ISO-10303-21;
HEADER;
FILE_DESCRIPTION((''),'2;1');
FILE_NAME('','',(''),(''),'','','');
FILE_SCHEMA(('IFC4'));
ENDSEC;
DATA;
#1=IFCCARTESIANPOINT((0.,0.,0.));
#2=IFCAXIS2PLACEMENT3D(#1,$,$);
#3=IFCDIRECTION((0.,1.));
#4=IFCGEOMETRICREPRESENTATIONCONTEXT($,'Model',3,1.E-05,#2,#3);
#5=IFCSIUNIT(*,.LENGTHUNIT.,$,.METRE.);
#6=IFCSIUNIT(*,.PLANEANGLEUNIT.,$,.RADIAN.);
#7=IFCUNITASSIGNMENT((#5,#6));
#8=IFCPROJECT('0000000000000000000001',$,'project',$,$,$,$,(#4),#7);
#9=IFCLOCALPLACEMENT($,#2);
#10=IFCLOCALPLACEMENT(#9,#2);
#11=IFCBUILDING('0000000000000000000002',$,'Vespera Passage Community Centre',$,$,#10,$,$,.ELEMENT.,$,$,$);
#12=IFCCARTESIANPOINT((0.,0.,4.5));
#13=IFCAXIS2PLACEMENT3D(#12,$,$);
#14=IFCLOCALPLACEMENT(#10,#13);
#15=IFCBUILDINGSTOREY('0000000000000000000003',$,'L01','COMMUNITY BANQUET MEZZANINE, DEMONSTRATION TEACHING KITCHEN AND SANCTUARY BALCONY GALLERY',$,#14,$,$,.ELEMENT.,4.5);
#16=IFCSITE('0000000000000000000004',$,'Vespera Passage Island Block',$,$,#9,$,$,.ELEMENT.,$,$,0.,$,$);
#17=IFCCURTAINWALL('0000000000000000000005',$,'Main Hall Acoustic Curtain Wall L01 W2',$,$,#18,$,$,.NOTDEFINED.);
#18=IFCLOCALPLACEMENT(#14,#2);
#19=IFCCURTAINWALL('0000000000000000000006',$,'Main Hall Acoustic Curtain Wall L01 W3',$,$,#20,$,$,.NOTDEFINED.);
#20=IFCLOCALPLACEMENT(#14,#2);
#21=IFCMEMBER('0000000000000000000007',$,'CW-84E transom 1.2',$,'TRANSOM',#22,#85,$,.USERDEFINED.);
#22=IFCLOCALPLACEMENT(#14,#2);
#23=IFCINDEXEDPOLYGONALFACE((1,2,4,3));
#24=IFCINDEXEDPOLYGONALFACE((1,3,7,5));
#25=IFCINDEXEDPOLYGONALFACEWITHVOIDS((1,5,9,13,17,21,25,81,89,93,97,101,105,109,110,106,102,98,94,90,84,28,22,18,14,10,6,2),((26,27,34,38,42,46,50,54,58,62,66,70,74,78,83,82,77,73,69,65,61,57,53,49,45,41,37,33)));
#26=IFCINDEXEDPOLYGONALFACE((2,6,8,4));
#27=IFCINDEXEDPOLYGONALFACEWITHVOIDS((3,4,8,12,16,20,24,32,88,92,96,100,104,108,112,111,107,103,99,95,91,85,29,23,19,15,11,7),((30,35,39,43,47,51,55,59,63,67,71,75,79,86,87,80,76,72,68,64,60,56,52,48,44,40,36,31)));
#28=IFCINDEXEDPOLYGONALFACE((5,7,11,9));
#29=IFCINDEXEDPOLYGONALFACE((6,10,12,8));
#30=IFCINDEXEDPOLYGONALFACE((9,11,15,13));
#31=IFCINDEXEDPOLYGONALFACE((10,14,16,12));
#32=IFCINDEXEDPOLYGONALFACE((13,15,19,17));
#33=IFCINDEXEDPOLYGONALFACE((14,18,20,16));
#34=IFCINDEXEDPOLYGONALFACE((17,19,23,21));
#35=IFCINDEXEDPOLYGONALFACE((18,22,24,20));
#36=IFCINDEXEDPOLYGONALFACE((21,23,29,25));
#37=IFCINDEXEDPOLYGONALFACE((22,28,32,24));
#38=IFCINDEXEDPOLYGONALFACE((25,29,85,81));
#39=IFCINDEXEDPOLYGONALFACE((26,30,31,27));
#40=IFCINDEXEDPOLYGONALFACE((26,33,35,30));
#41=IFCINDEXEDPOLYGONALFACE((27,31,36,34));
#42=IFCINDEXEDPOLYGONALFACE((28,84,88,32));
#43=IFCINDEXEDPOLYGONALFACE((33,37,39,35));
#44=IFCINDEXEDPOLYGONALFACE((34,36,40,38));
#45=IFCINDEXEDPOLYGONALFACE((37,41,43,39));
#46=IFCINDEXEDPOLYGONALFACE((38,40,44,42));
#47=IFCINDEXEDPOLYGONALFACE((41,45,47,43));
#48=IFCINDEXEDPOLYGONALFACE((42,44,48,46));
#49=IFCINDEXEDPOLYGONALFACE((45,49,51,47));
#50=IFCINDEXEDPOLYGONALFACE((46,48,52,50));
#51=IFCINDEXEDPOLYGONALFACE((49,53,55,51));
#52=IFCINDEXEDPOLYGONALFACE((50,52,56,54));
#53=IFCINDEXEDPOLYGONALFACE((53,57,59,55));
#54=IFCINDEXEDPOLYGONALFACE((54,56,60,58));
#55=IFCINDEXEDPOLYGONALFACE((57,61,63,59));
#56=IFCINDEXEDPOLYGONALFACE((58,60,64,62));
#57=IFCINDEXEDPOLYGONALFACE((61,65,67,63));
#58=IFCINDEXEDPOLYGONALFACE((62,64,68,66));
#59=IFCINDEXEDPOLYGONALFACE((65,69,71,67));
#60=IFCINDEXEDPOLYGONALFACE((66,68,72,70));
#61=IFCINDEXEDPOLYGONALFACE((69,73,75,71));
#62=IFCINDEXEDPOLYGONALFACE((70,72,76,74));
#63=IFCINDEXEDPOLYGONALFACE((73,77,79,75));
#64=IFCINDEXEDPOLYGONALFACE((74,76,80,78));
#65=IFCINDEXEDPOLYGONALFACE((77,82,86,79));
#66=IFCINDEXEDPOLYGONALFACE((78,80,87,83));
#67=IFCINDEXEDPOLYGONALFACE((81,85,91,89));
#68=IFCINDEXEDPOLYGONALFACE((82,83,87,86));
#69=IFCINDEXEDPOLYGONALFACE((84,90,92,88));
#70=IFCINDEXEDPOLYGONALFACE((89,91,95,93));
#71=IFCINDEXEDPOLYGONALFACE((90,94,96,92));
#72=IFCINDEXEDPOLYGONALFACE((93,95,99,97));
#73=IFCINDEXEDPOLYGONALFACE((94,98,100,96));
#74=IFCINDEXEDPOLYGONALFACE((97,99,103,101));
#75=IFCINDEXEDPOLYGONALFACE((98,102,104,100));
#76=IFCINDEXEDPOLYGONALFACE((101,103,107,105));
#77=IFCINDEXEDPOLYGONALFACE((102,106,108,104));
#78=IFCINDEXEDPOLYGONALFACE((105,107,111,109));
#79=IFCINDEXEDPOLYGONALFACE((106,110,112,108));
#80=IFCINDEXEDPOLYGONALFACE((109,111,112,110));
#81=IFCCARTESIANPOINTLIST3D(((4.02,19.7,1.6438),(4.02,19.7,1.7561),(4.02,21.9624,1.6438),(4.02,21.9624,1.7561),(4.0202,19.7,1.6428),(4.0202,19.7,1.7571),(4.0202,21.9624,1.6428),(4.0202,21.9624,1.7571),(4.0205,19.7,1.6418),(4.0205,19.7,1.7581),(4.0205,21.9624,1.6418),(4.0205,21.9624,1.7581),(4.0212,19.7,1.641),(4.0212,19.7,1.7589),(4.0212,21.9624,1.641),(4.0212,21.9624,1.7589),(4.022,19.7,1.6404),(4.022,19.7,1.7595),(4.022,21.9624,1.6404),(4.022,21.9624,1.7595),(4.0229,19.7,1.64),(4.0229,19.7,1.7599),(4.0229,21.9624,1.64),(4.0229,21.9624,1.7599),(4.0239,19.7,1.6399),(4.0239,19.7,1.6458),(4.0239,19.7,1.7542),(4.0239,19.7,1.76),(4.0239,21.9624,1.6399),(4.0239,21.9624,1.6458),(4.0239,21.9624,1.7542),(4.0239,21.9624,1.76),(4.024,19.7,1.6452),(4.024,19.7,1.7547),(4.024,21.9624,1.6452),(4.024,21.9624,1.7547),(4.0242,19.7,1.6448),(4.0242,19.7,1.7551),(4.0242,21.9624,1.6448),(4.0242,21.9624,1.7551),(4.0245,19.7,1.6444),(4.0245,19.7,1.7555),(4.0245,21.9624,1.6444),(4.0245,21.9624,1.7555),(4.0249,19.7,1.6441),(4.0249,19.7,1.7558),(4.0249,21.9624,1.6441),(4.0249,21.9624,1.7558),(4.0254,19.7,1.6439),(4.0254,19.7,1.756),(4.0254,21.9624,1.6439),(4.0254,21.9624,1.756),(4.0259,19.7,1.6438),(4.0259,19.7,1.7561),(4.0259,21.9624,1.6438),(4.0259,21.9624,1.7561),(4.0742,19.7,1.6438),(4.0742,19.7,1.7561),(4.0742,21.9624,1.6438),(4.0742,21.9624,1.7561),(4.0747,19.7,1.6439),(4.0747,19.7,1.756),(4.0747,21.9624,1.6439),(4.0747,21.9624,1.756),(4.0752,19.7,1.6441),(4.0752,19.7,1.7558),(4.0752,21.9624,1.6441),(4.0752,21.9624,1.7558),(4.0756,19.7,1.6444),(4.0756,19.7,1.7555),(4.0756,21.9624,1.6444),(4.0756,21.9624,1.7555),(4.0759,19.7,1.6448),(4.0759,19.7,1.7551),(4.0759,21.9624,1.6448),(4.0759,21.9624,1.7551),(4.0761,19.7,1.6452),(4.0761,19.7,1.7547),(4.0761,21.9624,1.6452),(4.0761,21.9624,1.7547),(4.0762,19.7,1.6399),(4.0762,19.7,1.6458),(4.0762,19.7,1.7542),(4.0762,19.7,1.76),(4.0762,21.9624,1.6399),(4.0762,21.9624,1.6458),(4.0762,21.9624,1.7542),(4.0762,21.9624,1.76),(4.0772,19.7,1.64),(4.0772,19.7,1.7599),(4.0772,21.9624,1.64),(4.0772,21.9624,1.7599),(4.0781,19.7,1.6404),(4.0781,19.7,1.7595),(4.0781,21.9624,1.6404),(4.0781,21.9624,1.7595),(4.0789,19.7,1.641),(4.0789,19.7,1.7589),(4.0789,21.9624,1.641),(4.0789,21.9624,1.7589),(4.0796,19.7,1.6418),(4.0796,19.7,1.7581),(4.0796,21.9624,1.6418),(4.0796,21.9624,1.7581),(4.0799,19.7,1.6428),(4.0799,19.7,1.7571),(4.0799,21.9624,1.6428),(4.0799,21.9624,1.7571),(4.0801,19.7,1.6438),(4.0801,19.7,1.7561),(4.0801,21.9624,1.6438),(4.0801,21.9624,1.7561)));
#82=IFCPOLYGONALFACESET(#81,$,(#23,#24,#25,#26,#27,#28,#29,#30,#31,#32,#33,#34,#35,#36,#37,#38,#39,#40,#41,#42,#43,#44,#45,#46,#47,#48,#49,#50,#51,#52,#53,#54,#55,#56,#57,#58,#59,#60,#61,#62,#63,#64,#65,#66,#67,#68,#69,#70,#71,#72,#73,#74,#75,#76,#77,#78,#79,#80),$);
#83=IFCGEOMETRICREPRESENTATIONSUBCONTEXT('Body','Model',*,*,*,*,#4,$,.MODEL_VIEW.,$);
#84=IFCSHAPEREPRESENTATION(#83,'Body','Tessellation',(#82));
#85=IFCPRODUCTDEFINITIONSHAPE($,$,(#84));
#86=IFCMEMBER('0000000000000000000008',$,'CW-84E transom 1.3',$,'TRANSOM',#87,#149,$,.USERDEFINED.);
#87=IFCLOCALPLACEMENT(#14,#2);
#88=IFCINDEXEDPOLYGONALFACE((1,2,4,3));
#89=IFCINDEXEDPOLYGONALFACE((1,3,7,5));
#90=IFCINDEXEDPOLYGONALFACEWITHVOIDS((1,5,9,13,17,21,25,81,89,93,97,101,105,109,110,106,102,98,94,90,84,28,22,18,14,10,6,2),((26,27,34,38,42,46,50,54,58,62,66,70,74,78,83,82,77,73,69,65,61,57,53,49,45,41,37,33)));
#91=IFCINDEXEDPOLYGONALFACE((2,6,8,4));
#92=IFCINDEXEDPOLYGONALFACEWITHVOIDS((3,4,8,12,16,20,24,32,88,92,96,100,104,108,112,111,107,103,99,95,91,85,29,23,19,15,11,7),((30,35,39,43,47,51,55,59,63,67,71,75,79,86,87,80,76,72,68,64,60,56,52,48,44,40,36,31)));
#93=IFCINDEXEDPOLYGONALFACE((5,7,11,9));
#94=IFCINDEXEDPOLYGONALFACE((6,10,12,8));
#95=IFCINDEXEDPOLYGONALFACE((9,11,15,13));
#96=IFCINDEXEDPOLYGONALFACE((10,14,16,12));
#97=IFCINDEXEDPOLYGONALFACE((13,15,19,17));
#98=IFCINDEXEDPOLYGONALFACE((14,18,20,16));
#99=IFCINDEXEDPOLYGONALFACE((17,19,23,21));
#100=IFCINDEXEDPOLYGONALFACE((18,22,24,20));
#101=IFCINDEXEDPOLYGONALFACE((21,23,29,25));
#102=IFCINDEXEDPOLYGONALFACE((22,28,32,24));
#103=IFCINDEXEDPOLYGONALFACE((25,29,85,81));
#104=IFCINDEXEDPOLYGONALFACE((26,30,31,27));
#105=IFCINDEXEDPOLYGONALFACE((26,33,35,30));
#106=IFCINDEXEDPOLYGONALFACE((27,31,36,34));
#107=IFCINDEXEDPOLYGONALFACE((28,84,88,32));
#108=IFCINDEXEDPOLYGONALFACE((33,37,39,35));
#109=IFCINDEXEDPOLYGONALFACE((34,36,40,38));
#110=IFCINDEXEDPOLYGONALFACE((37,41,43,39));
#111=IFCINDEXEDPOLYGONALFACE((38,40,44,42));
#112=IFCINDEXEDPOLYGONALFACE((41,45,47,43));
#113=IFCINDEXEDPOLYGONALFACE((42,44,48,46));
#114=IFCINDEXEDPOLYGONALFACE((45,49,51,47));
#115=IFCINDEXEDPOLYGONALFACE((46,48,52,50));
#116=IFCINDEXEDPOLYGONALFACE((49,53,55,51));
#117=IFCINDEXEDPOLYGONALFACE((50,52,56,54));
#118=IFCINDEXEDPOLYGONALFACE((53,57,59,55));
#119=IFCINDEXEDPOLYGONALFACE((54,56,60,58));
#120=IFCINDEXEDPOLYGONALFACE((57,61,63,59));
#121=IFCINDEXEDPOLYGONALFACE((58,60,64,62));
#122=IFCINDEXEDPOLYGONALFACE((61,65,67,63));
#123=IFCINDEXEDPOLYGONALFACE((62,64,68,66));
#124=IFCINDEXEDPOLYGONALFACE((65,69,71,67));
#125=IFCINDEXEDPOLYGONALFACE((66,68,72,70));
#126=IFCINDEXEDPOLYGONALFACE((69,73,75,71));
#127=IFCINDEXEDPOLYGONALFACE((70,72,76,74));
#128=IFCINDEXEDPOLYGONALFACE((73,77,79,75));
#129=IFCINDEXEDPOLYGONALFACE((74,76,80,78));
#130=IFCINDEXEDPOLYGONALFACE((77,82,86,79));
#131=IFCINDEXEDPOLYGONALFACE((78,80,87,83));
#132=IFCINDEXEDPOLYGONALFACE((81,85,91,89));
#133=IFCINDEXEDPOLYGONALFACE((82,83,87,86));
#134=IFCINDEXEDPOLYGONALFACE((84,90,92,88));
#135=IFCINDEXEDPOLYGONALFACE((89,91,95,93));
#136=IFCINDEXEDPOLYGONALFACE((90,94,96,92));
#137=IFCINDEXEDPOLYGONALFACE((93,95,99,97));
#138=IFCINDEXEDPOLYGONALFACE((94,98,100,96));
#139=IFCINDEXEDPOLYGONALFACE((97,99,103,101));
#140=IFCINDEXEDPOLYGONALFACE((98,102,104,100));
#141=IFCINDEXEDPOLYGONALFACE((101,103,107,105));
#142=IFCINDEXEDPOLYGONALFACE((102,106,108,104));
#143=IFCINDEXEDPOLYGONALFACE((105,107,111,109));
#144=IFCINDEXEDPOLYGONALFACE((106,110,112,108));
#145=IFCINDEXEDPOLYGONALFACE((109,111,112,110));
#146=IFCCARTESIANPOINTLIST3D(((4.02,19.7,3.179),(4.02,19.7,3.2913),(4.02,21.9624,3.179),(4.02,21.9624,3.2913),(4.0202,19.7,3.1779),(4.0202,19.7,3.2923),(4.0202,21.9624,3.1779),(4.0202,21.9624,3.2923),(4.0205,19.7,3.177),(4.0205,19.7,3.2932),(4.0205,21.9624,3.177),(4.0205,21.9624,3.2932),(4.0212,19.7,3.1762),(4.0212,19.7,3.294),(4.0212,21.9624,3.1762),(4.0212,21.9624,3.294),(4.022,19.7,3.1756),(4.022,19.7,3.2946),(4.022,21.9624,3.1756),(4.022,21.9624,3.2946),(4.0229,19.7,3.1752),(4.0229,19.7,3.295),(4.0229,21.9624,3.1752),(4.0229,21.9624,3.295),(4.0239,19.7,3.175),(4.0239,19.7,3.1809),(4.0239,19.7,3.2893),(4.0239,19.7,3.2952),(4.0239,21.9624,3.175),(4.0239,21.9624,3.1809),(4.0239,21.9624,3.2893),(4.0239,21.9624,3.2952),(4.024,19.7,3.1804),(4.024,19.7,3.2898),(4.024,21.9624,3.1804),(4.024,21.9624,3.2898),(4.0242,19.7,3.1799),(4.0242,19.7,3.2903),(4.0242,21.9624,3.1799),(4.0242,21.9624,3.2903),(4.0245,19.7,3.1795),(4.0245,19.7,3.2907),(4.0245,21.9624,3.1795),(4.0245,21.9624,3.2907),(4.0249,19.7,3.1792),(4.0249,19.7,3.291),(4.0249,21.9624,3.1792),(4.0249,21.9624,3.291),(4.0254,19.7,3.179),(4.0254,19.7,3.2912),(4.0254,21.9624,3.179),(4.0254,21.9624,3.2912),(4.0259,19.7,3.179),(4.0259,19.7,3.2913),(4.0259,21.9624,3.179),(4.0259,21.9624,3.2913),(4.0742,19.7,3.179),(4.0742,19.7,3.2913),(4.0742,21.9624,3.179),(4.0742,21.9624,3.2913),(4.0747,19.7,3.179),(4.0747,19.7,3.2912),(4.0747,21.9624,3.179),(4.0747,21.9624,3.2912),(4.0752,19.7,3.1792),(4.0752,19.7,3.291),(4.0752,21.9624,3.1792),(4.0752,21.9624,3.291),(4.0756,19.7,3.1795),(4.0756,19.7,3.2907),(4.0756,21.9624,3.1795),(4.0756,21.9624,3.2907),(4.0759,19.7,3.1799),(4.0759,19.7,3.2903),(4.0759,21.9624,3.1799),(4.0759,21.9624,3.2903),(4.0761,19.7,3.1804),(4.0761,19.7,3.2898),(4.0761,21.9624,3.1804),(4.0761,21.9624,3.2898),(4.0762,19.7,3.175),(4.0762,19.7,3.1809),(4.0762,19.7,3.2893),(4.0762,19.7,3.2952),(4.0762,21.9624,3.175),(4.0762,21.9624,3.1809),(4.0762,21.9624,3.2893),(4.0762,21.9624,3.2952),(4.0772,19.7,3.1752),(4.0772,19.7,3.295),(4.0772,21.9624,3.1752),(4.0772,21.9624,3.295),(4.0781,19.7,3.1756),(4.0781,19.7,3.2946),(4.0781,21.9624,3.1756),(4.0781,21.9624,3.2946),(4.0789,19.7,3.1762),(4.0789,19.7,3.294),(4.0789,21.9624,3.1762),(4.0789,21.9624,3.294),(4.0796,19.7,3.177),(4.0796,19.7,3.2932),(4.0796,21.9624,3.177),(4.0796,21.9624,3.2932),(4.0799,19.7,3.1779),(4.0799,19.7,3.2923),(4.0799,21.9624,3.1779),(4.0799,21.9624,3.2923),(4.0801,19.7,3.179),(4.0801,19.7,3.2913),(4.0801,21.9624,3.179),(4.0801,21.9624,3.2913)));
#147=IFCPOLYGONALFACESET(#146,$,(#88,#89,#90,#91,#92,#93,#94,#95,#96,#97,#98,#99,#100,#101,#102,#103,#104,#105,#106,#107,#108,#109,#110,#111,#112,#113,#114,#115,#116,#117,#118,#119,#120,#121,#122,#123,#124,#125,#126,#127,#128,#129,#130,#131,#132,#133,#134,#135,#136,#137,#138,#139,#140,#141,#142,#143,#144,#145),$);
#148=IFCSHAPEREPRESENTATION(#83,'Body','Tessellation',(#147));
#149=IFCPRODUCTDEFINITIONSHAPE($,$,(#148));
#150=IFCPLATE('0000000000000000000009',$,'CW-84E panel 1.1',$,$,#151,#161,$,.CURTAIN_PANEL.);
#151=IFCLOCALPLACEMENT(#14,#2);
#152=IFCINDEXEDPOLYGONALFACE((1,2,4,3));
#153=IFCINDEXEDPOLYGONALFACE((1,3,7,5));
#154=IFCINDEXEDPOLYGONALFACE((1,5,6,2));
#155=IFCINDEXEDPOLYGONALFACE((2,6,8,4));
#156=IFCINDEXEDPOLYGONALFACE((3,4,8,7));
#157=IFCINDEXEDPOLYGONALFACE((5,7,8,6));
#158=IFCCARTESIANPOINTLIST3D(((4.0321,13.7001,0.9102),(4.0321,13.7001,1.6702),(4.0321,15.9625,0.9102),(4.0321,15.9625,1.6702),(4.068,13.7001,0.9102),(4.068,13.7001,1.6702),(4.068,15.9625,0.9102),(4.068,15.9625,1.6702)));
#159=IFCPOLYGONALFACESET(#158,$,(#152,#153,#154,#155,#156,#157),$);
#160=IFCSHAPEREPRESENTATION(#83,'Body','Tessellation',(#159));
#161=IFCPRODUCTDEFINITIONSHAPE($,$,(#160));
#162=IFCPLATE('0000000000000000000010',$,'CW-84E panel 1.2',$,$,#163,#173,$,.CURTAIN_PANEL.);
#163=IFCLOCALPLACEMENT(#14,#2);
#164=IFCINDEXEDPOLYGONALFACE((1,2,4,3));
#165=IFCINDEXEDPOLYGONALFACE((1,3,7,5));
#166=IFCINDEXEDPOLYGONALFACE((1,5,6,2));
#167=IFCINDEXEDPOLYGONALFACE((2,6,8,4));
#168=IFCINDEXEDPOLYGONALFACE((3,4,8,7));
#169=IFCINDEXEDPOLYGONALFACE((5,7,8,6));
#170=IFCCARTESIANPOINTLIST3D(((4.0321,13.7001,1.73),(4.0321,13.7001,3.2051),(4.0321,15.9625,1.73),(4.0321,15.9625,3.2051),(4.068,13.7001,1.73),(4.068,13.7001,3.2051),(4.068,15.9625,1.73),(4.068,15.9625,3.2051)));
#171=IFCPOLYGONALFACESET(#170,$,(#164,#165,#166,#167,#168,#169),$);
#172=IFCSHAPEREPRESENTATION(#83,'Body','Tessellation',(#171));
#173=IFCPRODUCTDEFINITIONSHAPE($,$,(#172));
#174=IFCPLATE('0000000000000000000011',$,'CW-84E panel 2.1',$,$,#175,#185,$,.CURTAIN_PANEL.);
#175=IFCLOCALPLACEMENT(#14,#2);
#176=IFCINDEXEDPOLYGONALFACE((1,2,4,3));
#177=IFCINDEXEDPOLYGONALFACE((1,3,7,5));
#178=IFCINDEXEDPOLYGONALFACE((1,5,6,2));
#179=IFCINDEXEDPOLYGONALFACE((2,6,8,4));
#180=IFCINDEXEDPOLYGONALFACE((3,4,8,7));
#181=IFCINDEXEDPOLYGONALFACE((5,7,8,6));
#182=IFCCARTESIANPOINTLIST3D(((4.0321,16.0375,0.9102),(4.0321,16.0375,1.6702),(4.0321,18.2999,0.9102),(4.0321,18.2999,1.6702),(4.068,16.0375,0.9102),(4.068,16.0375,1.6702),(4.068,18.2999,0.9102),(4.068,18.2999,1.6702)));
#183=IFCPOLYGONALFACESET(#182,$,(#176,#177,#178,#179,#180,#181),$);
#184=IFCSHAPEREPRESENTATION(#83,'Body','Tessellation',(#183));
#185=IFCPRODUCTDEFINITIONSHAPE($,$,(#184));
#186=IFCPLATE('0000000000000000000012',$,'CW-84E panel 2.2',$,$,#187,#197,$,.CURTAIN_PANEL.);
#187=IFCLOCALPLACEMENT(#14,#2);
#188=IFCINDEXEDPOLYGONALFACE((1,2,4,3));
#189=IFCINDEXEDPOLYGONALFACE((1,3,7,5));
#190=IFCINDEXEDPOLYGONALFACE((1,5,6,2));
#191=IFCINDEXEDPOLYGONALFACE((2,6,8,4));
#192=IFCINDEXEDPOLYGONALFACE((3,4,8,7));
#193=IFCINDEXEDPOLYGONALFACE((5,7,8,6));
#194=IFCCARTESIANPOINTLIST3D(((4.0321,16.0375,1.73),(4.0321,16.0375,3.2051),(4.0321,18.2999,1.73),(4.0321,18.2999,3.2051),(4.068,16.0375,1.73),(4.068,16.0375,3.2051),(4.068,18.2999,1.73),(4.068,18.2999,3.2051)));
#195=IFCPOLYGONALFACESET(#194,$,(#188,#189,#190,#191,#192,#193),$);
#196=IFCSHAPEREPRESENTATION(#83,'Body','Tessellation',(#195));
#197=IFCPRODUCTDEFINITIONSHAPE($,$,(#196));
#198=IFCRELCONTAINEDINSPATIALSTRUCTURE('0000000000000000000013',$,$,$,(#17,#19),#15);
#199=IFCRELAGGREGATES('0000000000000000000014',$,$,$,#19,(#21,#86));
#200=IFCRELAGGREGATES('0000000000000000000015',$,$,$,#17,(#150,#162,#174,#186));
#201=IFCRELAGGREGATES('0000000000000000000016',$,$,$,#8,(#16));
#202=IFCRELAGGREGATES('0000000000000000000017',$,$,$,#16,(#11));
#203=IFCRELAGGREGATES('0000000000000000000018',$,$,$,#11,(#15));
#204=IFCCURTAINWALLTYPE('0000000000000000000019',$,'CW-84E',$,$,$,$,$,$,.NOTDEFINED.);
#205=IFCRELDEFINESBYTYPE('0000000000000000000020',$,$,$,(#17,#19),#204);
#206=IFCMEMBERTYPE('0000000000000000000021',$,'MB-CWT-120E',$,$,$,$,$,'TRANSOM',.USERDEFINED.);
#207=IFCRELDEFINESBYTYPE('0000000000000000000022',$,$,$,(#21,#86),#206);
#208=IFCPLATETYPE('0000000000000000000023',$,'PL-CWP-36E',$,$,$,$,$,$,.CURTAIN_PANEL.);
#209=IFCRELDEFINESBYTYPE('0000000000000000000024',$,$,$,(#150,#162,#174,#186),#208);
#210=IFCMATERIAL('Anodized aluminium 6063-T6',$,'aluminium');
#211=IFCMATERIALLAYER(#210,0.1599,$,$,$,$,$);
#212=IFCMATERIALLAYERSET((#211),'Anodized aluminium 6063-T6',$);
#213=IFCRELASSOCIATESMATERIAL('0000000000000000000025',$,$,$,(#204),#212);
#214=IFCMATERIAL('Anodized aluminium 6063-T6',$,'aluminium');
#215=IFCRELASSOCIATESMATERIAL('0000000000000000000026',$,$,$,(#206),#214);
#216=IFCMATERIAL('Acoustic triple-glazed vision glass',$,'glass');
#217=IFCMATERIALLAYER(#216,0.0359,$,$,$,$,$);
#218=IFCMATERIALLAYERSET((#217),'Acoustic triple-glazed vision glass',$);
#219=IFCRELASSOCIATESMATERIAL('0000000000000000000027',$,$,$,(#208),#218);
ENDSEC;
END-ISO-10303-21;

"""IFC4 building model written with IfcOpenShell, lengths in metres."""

from ifc_helpers import new_model, si_unit, direction, frame, origin, origin_2d, place, context, subcontext, project, spatial, rectangle, hollow_rectangle, extrude, material, layer, layer_set, material_profile, profile_set, type_object, element, aggregate, save


model = new_model("IFC4")

# Units and contexts
model_context = context("Model", 3, precision=1e-05, world=origin(), true_north=direction((0.0, 1.0)))
body_context = subcontext(model_context, "Body", "Model", "MODEL_VIEW")
ifc_project = project(units=[si_unit("LENGTHUNIT", "METRE"), si_unit("PLANEANGLEUNIT", "RADIAN")], contexts=[model_context])

# Site, building, storey
site_placement = place(None, origin())
site = spatial("IfcSite", under=ifc_project, at=site_placement, Name="Vespera Passage Island Block", CompositionType="ELEMENT", RefElevation=0.0)
building_placement = place(site_placement, origin())
building = spatial("IfcBuilding", under=site, at=building_placement, Name="Vespera Passage Community Centre", CompositionType="ELEMENT")
storey_placement = place(building_placement, frame((0.0, 0.0, 4.5)))
storey = spatial("IfcBuildingStorey", under=building, at=storey_placement, Name="L01", Description="COMMUNITY BANQUET MEZZANINE, DEMONSTRATION TEACHING KITCHEN AND SANCTUARY BALCONY GALLERY", CompositionType="ELEMENT", Elevation=4.5)

# Curtain wall
ifc_material_1 = material(Name="Anodized aluminium 6063-T6", Category="aluminium")
ifc_layer_1 = layer(ifc_material_1, 0.1599)
ifc_layer_set_1 = layer_set([ifc_layer_1], Name="Anodized aluminium 6063-T6")
curtain_wall_type = type_object("IfcCurtainWallType", Name="CW-84E", PredefinedType="NOTDEFINED", material=ifc_layer_set_1)
curtain_wall_1_placement = place(storey_placement, origin())
curtain_wall_1 = element("IfcCurtainWall", 1, at=curtain_wall_1_placement, inside=storey, type_object=curtain_wall_type, Name="Main Hall Acoustic Curtain Wall L01 W2", PredefinedType="NOTDEFINED")

# Curtain wall
curtain_wall_2_placement = place(storey_placement, origin())
curtain_wall_2 = element("IfcCurtainWall", 2, at=curtain_wall_2_placement, inside=storey, type_object=curtain_wall_type, Name="Main Hall Acoustic Curtain Wall L01 W3", PredefinedType="NOTDEFINED")

# Members
ifc_material_2 = material(Name="Anodized aluminium 6063-T6", Category="aluminium")
ifc_material_profile_1 = material_profile(ifc_material_2, hollow_rectangle(XDim=0.0601, YDim=0.1201, WallThickness=0.0039, InnerFilletRadius=0.002, OuterFilletRadius=0.0039, at=origin_2d()), Name="ALU120X60X4")
ifc_profile_set_1 = profile_set([ifc_material_profile_1], Name="Anodized aluminium 6063-T6")
member_type_1 = type_object("IfcMemberType", Name="MB-CWT-120E", ElementType="TRANSOM", PredefinedType="USERDEFINED", material=ifc_profile_set_1)
member_1_placement = place(storey_placement, frame((4.05, 19.7, 1.7), z_axis=(0.0, 1.0, 0.0), x_axis=(-1.0, 0.0, 0.0)))
member_1 = element("IfcMember", 3, at=member_1_placement, type_object=member_type_1, Name="CW-84E transom 1.2", ObjectType="TRANSOM", PredefinedType="USERDEFINED", context=body_context, shape_type="SweptSolid", body=[
    extrude(hollow_rectangle(XDim=0.0601, YDim=0.1201, WallThickness=0.0039, InnerFilletRadius=0.002, OuterFilletRadius=0.0039, at=origin_2d()), origin(), (0.0, 0.0, 1.0), 2.2625),
])
member_2_placement = place(storey_placement, frame((4.05, 19.7, 3.2351), z_axis=(0.0, 1.0, 0.0), x_axis=(-1.0, 0.0, 0.0)))
member_2 = element("IfcMember", 4, at=member_2_placement, type_object=member_type_1, Name="CW-84E transom 1.3", ObjectType="TRANSOM", PredefinedType="USERDEFINED", context=body_context, shape_type="SweptSolid", body=[
    extrude(hollow_rectangle(XDim=0.0601, YDim=0.1201, WallThickness=0.0039, InnerFilletRadius=0.002, OuterFilletRadius=0.0039, at=origin_2d()), origin(), (0.0, 0.0, 1.0), 2.2625),
])
aggregate(curtain_wall_2, [member_1, member_2])

# Plates
ifc_material_3 = material(Name="Acoustic triple-glazed vision glass", Category="glass")
ifc_layer_2 = layer(ifc_material_3, 0.0359)
ifc_layer_set_2 = layer_set([ifc_layer_2], Name="Acoustic triple-glazed vision glass")
plate_type = type_object("IfcPlateType", Name="PL-CWP-36E", PredefinedType="CURTAIN_PANEL", material=ifc_layer_set_2)
plate_1_placement = place(storey_placement, frame((4.05, 14.8313, 0.9102), z_axis=(0.0, 0.0, 1.0), x_axis=(0.0, 1.0, 0.0)))
plate_1 = element("IfcPlate", 5, at=plate_1_placement, type_object=plate_type, Name="CW-84E panel 1.1", PredefinedType="CURTAIN_PANEL", context=body_context, shape_type="SweptSolid", body=[
    extrude(rectangle(XDim=2.2625, YDim=0.0359, at=origin_2d()), origin(), (0.0, 0.0, 1.0), 0.76),
])
plate_2_placement = place(storey_placement, frame((4.05, 14.8313, 1.73), z_axis=(0.0, 0.0, 1.0), x_axis=(0.0, 1.0, 0.0)))
plate_2 = element("IfcPlate", 6, at=plate_2_placement, type_object=plate_type, Name="CW-84E panel 1.2", PredefinedType="CURTAIN_PANEL", context=body_context, shape_type="SweptSolid", body=[
    extrude(rectangle(XDim=2.2625, YDim=0.0359, at=origin_2d()), origin(), (0.0, 0.0, 1.0), 1.4751),
])
plate_3_placement = place(storey_placement, frame((4.05, 17.1687, 0.9102), z_axis=(0.0, 0.0, 1.0), x_axis=(0.0, 1.0, 0.0)))
plate_3 = element("IfcPlate", 7, at=plate_3_placement, type_object=plate_type, Name="CW-84E panel 2.1", PredefinedType="CURTAIN_PANEL", context=body_context, shape_type="SweptSolid", body=[
    extrude(rectangle(XDim=2.2625, YDim=0.0359, at=origin_2d()), origin(), (0.0, 0.0, 1.0), 0.76),
])
plate_4_placement = place(storey_placement, frame((4.05, 17.1687, 1.73), z_axis=(0.0, 0.0, 1.0), x_axis=(0.0, 1.0, 0.0)))
plate_4 = element("IfcPlate", 8, at=plate_4_placement, type_object=plate_type, Name="CW-84E panel 2.2", PredefinedType="CURTAIN_PANEL", context=body_context, shape_type="SweptSolid", body=[
    extrude(rectangle(XDim=2.2625, YDim=0.0359, at=origin_2d()), origin(), (0.0, 0.0, 1.0), 1.4751),
])
aggregate(curtain_wall_1, [plate_1, plate_2, plate_3, plate_4])

save(model, "model.ifc")
